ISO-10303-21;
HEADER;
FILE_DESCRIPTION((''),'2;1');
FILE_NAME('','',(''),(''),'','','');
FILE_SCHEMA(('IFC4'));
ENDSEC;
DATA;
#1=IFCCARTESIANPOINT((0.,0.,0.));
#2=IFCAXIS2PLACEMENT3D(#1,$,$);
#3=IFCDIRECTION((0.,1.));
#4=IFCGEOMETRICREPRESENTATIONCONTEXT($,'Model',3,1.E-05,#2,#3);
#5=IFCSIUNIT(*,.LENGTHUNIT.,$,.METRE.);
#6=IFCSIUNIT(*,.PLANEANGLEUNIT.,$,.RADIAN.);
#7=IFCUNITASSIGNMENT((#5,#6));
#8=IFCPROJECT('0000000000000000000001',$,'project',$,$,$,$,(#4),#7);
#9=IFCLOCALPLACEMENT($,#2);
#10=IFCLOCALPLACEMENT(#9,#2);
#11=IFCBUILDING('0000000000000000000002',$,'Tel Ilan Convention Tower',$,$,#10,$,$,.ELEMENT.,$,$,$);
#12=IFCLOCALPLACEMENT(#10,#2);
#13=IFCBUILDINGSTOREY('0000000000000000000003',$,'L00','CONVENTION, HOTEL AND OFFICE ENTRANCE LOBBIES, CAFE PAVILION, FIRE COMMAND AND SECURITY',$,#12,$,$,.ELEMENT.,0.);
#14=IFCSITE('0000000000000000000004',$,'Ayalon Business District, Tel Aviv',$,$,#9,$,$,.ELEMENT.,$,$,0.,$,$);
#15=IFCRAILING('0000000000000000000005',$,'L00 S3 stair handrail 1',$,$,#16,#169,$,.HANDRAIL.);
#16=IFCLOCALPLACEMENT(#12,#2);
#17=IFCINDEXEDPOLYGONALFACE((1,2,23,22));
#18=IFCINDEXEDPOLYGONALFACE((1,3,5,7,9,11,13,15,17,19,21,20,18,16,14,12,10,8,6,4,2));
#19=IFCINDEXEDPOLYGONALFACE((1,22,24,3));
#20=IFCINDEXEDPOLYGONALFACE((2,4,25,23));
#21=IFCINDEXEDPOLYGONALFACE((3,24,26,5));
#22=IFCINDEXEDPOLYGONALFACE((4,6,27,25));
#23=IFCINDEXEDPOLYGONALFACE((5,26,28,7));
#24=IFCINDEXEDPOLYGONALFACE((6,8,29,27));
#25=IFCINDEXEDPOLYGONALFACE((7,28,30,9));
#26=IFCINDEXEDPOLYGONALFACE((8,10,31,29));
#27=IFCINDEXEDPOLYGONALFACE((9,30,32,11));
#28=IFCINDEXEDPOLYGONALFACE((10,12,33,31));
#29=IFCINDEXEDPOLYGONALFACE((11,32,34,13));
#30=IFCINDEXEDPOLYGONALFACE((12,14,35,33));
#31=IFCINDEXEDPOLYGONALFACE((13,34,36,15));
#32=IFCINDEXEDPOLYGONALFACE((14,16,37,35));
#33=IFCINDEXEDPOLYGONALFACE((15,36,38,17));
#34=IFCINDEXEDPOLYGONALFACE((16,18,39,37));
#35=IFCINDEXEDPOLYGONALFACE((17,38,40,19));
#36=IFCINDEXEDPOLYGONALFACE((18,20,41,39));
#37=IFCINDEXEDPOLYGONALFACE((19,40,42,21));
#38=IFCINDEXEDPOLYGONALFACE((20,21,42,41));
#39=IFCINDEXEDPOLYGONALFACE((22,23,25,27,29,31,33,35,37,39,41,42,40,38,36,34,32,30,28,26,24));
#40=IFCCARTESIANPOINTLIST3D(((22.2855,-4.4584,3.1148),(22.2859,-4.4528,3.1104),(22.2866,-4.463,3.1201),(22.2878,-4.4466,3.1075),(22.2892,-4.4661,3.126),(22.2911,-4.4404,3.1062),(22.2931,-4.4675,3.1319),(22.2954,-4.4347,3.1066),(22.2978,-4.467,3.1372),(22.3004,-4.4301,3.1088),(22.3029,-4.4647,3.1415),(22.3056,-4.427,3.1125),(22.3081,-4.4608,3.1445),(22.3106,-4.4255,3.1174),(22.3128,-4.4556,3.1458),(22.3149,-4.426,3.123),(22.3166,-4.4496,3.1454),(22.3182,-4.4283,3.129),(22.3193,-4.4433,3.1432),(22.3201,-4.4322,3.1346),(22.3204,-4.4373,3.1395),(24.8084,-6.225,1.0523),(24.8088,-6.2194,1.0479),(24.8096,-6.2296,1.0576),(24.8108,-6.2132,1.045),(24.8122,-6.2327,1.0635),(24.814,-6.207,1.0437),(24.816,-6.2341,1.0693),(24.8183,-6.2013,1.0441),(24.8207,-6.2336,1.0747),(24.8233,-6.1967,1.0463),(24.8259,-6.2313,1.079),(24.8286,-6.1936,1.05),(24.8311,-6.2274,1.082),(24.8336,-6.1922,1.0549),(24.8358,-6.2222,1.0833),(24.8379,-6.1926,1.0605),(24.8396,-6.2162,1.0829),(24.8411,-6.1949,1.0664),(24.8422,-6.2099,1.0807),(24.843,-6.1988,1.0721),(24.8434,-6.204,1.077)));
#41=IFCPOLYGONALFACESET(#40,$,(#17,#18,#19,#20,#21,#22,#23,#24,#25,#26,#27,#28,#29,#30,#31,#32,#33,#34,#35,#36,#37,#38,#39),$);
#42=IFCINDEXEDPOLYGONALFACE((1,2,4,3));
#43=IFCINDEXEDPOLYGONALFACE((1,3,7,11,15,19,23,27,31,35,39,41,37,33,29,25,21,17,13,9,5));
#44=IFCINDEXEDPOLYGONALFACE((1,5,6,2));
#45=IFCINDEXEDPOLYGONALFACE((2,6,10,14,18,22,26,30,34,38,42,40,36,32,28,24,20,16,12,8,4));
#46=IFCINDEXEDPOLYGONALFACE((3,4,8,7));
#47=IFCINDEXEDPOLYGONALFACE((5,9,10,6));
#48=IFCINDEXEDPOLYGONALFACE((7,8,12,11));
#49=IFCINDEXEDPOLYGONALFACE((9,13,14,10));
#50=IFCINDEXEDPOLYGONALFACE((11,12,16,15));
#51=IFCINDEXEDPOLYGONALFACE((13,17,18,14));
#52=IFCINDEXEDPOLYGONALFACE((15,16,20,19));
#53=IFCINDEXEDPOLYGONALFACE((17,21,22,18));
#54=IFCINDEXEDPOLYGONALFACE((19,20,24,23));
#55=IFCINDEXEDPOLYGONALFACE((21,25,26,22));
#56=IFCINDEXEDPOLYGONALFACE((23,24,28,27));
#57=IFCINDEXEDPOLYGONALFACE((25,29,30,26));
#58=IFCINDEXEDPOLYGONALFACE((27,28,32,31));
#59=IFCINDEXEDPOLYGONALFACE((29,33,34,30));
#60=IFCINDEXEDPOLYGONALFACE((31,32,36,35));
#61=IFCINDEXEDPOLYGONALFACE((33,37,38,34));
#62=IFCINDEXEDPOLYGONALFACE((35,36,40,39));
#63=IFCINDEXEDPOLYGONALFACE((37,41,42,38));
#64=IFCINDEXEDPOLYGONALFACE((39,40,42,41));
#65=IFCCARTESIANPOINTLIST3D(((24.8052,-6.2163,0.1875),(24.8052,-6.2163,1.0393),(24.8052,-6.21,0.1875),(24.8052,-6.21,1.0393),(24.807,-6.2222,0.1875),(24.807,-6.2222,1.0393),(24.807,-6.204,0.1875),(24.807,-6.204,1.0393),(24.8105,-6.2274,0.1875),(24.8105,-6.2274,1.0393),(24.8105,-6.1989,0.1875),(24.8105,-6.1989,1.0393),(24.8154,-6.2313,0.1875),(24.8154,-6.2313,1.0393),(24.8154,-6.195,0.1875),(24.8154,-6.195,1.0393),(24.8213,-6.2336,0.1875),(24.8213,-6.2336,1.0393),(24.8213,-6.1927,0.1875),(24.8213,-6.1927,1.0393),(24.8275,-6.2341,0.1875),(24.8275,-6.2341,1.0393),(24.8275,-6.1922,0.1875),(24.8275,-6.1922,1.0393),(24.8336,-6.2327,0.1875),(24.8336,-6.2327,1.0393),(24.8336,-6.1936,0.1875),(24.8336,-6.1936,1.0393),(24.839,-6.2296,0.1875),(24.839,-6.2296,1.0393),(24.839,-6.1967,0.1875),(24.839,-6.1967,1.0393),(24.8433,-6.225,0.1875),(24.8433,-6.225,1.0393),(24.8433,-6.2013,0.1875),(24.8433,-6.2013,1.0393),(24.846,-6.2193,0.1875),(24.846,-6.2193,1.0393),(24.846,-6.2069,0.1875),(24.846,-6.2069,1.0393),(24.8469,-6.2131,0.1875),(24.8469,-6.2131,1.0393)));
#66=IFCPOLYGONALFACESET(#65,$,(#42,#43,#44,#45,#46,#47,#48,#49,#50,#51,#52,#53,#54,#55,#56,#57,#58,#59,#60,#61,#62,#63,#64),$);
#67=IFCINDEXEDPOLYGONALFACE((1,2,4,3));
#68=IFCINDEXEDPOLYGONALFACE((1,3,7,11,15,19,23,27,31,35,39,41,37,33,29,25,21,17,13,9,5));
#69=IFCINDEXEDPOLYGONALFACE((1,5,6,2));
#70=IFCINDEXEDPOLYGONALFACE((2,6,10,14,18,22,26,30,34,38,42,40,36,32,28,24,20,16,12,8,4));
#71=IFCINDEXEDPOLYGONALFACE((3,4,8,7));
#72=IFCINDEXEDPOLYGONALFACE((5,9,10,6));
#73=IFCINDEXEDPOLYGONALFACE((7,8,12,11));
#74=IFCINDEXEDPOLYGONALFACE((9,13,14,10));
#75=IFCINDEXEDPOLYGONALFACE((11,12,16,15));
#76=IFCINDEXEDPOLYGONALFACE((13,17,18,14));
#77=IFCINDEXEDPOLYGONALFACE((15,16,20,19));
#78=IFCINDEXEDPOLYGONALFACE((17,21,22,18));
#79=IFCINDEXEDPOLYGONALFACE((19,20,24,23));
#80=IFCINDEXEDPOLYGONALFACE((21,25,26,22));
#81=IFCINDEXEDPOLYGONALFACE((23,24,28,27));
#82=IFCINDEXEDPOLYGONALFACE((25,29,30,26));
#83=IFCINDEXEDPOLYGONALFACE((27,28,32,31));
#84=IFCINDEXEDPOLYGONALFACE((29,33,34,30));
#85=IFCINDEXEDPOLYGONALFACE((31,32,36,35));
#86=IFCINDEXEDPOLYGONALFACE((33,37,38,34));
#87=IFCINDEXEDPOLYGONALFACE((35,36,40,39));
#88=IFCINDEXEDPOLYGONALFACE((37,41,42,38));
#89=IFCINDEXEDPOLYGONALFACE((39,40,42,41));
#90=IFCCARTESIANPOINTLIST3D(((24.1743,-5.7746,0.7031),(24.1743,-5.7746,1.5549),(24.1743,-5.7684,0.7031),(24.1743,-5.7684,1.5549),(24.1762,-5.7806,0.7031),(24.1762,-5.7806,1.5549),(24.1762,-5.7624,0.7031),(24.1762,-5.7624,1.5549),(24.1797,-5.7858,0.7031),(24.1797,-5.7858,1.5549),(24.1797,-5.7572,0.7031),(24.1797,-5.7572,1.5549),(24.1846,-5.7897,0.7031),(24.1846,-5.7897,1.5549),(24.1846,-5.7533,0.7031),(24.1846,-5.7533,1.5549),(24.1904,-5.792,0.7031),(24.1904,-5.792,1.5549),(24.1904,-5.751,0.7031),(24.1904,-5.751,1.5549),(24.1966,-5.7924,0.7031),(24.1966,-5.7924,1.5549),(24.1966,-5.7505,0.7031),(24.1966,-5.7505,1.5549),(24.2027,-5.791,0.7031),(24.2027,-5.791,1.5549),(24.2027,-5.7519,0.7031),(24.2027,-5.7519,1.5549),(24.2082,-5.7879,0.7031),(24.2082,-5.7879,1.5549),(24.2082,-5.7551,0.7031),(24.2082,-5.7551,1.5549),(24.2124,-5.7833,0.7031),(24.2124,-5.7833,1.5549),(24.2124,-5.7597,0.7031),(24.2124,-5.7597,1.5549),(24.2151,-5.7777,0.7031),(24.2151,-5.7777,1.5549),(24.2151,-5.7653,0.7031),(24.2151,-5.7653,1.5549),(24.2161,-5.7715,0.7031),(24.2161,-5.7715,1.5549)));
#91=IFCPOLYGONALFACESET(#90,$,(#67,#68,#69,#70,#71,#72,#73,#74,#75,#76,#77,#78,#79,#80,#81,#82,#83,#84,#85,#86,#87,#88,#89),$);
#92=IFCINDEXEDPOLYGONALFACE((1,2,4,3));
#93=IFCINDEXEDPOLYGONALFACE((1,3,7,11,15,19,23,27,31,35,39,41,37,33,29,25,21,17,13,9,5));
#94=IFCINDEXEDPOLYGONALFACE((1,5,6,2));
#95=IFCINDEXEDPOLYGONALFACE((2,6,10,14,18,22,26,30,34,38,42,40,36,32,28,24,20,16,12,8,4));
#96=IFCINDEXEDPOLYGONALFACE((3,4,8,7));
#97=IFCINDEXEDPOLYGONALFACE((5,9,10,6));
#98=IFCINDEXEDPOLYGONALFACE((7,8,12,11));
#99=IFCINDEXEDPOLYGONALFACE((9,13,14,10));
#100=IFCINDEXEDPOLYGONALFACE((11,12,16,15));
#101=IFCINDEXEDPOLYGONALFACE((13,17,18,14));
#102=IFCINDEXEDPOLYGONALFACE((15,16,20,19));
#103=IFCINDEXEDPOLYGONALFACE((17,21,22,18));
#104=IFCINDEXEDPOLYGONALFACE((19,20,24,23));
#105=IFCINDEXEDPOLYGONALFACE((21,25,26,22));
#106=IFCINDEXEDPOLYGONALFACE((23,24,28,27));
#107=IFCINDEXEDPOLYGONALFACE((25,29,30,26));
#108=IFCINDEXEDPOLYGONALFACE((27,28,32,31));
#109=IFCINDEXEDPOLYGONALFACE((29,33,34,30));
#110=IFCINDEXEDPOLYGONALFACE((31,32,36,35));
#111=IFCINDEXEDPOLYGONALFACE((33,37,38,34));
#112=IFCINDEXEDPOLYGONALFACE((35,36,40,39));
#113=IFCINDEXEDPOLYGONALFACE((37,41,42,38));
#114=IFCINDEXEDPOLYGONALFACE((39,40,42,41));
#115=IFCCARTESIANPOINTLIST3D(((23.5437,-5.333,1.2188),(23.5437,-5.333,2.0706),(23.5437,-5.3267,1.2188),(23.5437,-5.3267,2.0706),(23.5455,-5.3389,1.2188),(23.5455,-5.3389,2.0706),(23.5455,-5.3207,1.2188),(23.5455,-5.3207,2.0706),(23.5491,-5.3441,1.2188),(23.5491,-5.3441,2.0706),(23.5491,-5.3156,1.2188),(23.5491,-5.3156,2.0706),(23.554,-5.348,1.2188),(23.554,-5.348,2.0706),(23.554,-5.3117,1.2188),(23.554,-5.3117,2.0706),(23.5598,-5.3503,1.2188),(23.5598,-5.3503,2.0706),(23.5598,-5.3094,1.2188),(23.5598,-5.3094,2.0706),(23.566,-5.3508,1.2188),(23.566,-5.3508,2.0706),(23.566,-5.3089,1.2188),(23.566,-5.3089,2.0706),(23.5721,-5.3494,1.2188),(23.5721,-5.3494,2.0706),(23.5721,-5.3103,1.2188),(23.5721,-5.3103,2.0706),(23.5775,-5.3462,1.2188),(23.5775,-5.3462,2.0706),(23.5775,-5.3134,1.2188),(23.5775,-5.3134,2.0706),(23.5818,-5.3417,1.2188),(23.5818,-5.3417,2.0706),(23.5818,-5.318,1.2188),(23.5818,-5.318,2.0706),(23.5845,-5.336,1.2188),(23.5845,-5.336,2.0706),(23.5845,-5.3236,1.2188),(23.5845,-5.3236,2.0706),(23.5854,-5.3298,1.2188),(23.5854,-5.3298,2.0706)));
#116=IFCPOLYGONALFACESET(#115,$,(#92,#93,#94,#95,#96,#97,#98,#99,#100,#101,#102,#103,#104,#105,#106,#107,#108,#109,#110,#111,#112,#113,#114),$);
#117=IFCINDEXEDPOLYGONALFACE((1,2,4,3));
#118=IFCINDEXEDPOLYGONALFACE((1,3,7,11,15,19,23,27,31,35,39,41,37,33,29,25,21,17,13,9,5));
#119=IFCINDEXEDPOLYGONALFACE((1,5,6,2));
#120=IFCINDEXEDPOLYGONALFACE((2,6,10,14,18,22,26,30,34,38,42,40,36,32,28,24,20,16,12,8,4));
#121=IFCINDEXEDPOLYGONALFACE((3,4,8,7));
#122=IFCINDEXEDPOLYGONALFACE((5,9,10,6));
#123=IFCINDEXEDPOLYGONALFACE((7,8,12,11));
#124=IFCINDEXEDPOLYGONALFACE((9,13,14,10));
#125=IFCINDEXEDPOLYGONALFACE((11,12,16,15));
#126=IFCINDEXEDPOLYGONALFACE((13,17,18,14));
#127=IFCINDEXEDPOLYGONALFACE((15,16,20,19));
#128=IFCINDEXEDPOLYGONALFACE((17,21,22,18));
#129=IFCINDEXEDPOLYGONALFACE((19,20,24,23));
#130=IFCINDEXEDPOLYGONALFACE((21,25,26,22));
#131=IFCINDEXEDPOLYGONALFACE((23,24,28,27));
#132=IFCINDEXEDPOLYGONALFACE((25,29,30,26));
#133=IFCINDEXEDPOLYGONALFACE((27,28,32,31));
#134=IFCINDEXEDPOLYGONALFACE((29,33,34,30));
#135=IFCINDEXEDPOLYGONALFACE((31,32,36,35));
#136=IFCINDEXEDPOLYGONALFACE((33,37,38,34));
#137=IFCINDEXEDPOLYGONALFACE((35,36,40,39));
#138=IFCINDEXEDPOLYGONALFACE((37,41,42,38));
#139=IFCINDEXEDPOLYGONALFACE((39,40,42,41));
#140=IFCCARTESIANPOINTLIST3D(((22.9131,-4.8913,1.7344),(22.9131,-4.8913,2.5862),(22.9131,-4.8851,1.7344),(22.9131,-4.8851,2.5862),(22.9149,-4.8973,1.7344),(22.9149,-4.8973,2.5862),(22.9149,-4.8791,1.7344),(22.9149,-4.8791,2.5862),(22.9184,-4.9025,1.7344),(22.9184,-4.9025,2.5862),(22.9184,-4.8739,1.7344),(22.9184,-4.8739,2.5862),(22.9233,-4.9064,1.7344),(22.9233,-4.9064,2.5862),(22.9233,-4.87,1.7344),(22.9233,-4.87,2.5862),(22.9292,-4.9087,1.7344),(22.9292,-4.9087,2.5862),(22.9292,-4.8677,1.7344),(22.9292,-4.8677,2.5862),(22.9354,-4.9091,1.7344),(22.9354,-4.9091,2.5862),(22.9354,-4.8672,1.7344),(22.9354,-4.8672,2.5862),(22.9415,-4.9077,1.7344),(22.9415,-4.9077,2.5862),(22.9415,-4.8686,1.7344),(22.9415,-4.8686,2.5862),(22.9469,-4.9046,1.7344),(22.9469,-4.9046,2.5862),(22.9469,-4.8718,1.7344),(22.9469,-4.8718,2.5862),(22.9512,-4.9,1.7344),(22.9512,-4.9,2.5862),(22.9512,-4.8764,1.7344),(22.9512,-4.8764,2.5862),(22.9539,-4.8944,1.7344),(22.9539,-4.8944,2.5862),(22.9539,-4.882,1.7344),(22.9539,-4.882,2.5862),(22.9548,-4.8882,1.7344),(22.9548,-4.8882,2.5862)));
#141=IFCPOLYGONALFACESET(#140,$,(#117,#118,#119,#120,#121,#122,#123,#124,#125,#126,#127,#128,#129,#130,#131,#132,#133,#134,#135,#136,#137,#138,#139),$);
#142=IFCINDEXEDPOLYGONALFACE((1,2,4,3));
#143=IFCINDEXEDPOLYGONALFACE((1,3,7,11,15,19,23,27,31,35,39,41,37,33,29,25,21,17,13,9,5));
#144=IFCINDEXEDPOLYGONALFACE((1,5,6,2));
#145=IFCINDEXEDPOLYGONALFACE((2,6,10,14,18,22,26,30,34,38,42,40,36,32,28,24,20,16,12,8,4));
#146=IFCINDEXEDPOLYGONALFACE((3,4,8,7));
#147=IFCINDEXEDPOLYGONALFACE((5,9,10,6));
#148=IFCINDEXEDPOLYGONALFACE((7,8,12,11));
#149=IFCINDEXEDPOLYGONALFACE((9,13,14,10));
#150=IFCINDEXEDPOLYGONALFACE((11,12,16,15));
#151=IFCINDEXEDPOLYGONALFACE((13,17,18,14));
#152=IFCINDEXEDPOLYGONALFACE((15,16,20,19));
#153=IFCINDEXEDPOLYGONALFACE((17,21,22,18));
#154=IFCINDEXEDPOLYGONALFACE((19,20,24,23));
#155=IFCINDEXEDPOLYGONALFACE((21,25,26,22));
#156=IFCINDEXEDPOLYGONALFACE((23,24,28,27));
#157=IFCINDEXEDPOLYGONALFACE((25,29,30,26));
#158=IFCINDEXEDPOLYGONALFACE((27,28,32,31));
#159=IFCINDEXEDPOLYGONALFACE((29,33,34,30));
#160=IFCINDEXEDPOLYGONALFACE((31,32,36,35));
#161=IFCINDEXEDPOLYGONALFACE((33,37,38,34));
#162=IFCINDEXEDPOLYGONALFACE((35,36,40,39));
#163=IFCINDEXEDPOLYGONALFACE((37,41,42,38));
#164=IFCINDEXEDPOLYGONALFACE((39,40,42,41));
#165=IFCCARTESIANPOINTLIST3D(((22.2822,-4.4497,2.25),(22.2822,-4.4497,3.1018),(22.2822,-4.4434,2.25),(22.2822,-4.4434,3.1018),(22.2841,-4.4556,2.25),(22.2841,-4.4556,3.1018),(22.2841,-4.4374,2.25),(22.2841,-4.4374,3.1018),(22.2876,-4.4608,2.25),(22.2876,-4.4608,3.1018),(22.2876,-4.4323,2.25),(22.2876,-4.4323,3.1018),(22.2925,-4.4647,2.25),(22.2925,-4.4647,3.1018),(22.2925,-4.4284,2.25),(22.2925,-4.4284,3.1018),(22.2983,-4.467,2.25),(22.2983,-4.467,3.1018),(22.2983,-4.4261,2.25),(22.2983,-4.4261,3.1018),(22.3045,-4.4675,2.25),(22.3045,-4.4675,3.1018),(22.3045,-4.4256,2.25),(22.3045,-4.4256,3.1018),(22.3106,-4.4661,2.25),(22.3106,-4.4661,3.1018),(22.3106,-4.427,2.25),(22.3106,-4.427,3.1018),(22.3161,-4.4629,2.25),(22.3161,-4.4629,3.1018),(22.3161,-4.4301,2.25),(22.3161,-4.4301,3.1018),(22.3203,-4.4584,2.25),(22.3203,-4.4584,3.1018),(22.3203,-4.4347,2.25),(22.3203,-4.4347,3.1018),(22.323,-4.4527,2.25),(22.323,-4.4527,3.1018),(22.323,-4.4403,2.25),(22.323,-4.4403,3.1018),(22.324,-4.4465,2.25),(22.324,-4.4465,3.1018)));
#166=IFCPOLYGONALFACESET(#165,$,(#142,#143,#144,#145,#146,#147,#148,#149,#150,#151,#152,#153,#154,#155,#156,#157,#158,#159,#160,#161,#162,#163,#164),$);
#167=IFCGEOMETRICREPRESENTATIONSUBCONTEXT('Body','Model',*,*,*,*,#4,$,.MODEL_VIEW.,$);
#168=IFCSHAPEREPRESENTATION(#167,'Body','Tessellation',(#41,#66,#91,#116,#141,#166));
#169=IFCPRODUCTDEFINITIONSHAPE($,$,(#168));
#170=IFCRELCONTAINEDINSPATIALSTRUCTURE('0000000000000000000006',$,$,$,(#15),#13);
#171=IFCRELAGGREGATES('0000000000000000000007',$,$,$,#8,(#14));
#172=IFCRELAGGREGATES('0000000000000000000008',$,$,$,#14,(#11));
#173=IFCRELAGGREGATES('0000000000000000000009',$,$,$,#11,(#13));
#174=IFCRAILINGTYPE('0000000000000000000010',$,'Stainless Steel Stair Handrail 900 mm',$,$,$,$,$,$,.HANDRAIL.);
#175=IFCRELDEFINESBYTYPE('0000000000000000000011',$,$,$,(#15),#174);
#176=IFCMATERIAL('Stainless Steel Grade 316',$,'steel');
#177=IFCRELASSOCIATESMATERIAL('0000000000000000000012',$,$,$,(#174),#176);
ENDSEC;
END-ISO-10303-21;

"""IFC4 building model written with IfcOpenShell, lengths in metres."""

from ifc_helpers import new_model, si_unit, direction, frame, origin, origin_2d, place, context, subcontext, project, spatial, circle, extrude, material, type_object, element, save


model = new_model("IFC4")

# Units and contexts
model_context = context("Model", 3, precision=1e-05, world=origin(), true_north=direction((0.0, 1.0)))
body_context = subcontext(model_context, "Body", "Model", "MODEL_VIEW")
ifc_project = project(units=[si_unit("LENGTHUNIT", "METRE"), si_unit("PLANEANGLEUNIT", "RADIAN")], contexts=[model_context])

# Site, building, storey
site_placement = place(None, origin())
site = spatial("IfcSite", under=ifc_project, at=site_placement, Name="Ayalon Business District, Tel Aviv", CompositionType="ELEMENT", RefElevation=0.0)
building_placement = place(site_placement, origin())
building = spatial("IfcBuilding", under=site, at=building_placement, Name="Tel Ilan Convention Tower", CompositionType="ELEMENT")
storey_placement = place(building_placement, origin())
storey = spatial("IfcBuildingStorey", under=building, at=storey_placement, Name="L00", Description="CONVENTION, HOTEL AND OFFICE ENTRANCE LOBBIES, CAFE PAVILION, FIRE COMMAND AND SECURITY", CompositionType="ELEMENT", Elevation=0.0)

# Railing
ifc_material_1 = material(Name="Stainless Steel Grade 316", Category="steel")
railing_type_1 = type_object("IfcRailingType", Name="Stainless Steel Stair Handrail 900 mm", PredefinedType="HANDRAIL", material=ifc_material_1)
for number, where, name in (
    (1, (24.8259, -6.2131, 0.1875), "L00 S3 stair handrail 1"),
):
    element("IfcRailing", number, at=place(storey_placement, frame(where)), inside=storey, type_object=railing_type_1, Name=name, PredefinedType="HANDRAIL", context=body_context, shape_type="SweptSolid", body=[
        extrude(circle(Radius=0.0239, at=origin_2d()), frame((0.0, 0.0, 0.876), z_axis=(-0.680635, 0.476589, 0.556416), x_axis=(-0.573579, -0.81915, 0.0)), (0.0, 0.0, 1.0), 3.7068),
        extrude(circle(Radius=0.021, at=origin_2d()), origin(), (0.0, 0.0, 1.0), 0.8518),
        extrude(circle(Radius=0.021, at=origin_2d()), frame((-0.6309, 0.4417, 0.5156)), (0.0, 0.0, 1.0), 0.8518),
        extrude(circle(Radius=0.021, at=origin_2d()), frame((-1.2615, 0.8833, 1.0312)), (0.0, 0.0, 1.0), 0.8518),
        extrude(circle(Radius=0.021, at=origin_2d()), frame((-1.8921, 1.325, 1.5469)), (0.0, 0.0, 1.0), 0.8518),
        extrude(circle(Radius=0.021, at=origin_2d()), frame((-2.5229, 1.7666, 2.0625)), (0.0, 0.0, 1.0), 0.8518),
    ])

save(model, "model.ifc")
